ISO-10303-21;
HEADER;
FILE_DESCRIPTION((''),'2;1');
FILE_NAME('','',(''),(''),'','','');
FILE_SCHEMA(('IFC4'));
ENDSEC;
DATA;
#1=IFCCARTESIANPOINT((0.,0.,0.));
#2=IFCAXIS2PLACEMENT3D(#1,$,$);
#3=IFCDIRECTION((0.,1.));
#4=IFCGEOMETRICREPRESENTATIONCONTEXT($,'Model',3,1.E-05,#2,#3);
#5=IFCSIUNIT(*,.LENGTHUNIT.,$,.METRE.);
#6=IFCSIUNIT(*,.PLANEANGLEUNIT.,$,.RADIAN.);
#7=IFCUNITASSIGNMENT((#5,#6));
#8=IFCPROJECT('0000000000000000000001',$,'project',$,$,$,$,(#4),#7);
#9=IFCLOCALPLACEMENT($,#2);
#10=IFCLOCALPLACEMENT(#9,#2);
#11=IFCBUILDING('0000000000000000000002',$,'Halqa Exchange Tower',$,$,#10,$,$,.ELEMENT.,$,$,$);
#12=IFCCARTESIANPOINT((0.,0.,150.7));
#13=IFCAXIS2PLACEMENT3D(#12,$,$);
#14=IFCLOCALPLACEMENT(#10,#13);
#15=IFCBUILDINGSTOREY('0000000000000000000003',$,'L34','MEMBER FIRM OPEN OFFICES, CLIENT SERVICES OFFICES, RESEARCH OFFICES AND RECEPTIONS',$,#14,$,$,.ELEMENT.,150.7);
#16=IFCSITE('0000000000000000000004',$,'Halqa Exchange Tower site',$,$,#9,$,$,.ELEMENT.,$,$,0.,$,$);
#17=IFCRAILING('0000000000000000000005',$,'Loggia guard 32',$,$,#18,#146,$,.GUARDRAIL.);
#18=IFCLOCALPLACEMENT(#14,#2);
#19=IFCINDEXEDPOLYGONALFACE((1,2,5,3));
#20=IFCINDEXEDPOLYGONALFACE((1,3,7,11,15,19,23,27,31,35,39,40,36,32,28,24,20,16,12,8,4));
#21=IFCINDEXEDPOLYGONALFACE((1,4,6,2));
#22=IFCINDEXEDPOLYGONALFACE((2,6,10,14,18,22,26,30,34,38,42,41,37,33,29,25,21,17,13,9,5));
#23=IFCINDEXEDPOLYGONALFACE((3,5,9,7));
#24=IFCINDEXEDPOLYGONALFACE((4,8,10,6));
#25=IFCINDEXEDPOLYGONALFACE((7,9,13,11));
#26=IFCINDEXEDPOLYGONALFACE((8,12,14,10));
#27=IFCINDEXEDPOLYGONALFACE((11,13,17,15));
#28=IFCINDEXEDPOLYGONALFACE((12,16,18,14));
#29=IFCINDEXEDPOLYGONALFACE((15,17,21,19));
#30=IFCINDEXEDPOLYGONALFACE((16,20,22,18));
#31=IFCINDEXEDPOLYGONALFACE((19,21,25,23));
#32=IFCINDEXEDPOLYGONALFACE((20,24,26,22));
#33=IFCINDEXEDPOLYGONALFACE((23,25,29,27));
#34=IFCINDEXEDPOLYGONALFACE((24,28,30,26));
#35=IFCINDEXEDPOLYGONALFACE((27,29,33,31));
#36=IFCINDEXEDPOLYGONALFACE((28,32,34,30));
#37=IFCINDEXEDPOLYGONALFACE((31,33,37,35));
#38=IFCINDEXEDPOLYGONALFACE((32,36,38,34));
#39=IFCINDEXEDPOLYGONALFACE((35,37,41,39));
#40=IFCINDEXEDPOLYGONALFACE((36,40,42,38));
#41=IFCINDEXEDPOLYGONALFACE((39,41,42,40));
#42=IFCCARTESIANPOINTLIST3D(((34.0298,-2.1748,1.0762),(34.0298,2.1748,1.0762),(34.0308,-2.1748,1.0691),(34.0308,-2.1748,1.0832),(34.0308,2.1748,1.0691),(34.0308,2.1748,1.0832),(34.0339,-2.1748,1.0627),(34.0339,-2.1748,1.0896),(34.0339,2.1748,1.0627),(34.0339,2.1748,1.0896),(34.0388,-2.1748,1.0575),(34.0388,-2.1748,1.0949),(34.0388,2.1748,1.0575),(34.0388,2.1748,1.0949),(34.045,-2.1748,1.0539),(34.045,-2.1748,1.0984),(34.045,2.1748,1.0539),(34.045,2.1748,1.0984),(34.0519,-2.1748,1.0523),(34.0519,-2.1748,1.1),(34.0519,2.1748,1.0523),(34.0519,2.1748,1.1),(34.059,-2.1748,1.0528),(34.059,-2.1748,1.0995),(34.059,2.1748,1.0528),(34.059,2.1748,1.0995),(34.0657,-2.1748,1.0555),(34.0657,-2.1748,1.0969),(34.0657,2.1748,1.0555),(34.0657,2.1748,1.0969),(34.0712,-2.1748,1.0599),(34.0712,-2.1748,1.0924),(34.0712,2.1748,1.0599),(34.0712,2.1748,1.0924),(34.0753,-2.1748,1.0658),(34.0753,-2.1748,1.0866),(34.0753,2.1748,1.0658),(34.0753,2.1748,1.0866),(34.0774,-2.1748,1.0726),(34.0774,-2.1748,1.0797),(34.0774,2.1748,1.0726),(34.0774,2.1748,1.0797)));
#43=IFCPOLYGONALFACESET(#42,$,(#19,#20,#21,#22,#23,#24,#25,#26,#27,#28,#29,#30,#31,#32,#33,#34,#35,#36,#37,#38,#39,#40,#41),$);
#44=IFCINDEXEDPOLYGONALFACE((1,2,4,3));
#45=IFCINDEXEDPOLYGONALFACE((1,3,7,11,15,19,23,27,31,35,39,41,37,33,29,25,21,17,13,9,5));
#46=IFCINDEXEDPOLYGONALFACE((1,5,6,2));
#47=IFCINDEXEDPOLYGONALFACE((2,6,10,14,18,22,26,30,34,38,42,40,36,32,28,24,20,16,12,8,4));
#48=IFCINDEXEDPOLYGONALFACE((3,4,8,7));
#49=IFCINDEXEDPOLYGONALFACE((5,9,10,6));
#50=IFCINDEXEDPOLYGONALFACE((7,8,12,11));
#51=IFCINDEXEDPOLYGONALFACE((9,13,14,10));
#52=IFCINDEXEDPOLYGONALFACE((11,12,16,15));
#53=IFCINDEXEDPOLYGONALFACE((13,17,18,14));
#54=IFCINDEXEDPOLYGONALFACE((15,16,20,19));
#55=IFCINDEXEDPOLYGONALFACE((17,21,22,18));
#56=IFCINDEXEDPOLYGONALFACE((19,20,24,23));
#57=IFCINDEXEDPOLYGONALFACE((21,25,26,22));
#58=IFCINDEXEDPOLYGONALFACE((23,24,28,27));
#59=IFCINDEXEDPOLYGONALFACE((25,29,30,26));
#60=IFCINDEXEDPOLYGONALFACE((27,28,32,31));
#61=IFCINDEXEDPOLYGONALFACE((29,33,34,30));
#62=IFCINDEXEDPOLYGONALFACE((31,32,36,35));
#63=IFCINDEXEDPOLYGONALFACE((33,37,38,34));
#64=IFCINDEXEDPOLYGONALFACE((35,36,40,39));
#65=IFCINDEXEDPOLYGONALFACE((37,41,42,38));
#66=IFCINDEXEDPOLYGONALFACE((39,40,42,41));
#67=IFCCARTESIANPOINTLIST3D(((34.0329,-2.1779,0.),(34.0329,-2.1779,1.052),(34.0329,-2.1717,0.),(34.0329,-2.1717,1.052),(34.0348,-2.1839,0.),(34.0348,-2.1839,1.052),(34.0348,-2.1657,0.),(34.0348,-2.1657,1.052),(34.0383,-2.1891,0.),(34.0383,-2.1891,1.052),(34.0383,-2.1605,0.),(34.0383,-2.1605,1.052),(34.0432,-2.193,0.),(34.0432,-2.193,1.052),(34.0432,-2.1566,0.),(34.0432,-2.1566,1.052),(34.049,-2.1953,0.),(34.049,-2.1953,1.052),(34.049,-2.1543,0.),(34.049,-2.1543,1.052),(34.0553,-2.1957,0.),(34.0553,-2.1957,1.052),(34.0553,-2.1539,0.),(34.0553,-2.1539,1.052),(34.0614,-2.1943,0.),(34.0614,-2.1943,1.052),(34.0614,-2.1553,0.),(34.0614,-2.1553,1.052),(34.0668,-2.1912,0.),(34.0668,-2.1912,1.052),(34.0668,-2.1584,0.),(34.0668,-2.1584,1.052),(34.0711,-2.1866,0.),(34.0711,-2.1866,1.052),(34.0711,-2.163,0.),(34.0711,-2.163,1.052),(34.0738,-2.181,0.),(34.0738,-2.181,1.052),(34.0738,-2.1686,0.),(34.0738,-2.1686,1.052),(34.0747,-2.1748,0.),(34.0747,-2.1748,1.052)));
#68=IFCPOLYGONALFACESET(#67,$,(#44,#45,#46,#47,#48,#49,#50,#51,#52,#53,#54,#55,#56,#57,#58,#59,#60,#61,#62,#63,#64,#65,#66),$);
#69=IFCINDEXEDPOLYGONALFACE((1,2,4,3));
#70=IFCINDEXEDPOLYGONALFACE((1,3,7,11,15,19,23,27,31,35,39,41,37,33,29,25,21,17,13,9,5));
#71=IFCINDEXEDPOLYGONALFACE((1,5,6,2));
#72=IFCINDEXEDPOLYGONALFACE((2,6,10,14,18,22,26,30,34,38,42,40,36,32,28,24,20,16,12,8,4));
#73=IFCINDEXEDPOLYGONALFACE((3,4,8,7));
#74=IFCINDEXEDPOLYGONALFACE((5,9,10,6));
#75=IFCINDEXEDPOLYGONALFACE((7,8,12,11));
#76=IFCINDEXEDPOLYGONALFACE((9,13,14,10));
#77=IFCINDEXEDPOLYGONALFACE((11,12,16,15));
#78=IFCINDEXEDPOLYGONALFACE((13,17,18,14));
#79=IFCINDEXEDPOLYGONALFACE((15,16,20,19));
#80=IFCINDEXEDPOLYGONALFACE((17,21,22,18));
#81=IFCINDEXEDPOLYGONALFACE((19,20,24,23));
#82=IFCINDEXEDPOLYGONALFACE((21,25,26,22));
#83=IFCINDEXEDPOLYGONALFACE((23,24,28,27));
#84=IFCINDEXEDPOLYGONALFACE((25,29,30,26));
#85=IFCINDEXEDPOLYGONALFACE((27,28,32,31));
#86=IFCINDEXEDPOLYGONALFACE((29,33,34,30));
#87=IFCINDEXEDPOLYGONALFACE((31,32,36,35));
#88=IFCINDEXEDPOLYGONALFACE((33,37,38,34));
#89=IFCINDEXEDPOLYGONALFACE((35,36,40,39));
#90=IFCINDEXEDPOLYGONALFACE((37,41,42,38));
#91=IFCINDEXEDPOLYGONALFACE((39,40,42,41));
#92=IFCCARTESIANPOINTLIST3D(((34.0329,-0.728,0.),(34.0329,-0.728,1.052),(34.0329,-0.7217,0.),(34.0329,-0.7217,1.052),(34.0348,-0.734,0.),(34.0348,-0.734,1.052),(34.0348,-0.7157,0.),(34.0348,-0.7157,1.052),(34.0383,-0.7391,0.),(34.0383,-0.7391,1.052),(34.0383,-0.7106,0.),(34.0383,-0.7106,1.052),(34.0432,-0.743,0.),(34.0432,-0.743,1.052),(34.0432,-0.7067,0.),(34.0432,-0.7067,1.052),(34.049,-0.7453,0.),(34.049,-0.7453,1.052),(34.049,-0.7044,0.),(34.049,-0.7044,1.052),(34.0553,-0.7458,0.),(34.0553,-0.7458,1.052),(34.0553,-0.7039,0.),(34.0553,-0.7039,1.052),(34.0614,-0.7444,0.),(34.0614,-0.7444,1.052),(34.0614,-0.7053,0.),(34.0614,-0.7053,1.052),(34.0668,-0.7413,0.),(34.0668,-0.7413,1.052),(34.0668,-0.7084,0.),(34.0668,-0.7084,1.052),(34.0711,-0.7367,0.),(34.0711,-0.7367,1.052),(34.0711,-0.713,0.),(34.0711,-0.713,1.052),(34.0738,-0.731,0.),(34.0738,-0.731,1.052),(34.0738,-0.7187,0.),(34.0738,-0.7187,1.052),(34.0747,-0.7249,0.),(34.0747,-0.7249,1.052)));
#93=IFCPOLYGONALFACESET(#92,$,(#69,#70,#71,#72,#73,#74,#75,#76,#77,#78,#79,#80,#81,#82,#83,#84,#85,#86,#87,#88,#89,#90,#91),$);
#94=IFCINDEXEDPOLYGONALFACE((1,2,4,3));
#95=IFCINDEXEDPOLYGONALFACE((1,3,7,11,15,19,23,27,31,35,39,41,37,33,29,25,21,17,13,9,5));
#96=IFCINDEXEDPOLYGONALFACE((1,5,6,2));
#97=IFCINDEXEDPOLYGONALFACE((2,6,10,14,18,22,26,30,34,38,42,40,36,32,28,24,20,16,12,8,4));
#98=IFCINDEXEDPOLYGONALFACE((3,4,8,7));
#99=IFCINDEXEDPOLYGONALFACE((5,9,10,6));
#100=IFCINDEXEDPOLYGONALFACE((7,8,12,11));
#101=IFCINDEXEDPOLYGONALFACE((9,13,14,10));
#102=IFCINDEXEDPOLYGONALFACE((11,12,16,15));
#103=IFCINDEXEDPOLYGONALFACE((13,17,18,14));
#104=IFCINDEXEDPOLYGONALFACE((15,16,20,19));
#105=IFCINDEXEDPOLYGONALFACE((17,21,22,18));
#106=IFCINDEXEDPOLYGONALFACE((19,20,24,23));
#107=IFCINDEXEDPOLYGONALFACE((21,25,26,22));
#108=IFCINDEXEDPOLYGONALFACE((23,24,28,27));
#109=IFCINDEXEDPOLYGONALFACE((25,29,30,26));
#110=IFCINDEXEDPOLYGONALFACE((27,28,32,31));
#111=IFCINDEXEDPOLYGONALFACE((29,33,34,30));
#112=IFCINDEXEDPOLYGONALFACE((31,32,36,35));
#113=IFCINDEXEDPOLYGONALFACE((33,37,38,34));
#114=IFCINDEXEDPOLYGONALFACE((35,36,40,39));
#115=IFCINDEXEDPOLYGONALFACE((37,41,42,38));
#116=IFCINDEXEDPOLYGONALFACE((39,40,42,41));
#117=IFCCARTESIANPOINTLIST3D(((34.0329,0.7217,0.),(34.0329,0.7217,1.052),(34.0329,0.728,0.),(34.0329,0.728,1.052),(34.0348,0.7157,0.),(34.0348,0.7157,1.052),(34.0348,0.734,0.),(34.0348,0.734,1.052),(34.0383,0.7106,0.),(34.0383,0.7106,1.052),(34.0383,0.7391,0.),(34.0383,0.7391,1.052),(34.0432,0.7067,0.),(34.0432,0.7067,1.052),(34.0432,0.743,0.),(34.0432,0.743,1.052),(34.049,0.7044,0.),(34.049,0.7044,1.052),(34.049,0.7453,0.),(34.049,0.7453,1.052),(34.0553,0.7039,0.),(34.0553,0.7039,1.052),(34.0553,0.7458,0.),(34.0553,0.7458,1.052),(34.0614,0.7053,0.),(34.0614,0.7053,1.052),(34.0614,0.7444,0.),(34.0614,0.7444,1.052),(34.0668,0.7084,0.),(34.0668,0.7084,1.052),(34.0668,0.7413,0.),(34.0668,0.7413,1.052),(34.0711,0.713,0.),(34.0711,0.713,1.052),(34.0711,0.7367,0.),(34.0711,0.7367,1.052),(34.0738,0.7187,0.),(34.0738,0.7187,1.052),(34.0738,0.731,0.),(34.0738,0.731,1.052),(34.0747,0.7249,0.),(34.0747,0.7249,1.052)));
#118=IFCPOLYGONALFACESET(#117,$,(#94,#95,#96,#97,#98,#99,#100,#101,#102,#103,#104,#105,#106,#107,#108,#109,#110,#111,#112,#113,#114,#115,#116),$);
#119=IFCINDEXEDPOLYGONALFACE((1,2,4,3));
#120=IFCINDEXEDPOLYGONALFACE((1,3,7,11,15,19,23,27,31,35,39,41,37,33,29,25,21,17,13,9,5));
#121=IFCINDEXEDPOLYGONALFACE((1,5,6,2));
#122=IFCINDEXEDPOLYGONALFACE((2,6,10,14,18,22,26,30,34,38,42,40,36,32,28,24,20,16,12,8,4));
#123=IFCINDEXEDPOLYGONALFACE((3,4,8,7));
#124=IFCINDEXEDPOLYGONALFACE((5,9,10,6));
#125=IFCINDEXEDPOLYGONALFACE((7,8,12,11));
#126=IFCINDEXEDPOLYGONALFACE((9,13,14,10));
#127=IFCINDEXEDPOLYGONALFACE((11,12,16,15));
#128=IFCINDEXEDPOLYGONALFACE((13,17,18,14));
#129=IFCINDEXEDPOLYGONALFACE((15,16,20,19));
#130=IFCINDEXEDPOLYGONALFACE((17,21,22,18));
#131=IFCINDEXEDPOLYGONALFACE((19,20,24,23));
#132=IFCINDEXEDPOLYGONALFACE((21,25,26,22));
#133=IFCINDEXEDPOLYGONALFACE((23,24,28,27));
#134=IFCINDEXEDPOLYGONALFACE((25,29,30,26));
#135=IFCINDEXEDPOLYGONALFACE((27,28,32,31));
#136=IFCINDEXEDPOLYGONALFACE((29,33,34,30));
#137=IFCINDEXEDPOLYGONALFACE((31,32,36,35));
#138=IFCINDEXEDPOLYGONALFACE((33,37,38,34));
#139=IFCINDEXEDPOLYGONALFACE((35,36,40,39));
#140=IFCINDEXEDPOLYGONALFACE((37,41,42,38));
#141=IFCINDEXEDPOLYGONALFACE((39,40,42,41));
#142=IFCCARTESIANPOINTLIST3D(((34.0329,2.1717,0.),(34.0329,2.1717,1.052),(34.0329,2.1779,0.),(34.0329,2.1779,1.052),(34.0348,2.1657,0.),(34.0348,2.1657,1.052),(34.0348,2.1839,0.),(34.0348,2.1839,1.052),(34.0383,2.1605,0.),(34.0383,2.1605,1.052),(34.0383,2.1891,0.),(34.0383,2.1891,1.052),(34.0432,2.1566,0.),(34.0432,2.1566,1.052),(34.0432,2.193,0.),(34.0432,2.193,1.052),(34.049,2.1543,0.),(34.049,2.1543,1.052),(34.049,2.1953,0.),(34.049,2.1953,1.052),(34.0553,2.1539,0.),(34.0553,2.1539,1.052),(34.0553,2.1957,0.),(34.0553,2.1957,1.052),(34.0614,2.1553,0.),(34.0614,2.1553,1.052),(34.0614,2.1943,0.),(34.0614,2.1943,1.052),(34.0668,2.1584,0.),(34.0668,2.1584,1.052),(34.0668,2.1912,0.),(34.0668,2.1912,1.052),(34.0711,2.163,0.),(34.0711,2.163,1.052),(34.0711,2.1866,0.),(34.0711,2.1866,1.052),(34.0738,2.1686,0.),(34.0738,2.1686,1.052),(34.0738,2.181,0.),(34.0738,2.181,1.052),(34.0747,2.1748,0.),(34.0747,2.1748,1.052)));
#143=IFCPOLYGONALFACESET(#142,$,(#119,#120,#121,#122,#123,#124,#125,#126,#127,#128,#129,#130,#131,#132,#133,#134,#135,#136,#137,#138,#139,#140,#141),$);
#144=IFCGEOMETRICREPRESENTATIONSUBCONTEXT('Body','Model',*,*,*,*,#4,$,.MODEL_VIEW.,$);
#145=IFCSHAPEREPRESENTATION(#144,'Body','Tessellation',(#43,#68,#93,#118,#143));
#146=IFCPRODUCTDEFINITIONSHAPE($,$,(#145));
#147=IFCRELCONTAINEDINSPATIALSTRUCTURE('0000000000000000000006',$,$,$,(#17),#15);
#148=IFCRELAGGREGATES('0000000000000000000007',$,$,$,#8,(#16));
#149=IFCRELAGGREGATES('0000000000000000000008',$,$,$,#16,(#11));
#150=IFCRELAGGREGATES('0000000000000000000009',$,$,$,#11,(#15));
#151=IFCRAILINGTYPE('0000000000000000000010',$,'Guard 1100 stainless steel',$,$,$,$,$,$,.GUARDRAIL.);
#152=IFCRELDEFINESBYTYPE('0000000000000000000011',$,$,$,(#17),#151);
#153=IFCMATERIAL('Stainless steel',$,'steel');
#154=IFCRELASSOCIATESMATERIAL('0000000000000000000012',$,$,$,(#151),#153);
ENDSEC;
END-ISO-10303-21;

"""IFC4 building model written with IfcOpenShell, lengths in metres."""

from ifc_helpers import new_model, si_unit, direction, frame, origin, origin_2d, place, context, subcontext, project, spatial, circle, extrude, material, type_object, element, save


model = new_model("IFC4")

# Units and contexts
model_context = context("Model", 3, precision=1e-05, world=origin(), true_north=direction((0.0, 1.0)))
body_context = subcontext(model_context, "Body", "Model", "MODEL_VIEW")
ifc_project = project(units=[si_unit("LENGTHUNIT", "METRE"), si_unit("PLANEANGLEUNIT", "RADIAN")], contexts=[model_context])

# Site, building, storey
site_placement = place(None, origin())
site = spatial("IfcSite", under=ifc_project, at=site_placement, Name="Halqa Exchange Tower site", CompositionType="ELEMENT", RefElevation=0.0)
building_placement = place(site_placement, origin())
building = spatial("IfcBuilding", under=site, at=building_placement, Name="Halqa Exchange Tower", CompositionType="ELEMENT")
storey_placement = place(building_placement, frame((0.0, 0.0, 150.7)))
storey = spatial("IfcBuildingStorey", under=building, at=storey_placement, Name="L34", Description="MEMBER FIRM OPEN OFFICES, CLIENT SERVICES OFFICES, RESEARCH OFFICES AND RECEPTIONS", CompositionType="ELEMENT", Elevation=150.7)

# Railing
ifc_material_1 = material(Name="Stainless steel", Category="steel")
railing_type = type_object("IfcRailingType", Name="Guard 1100 stainless steel", PredefinedType="GUARDRAIL", material=ifc_material_1)
railing_1_placement = place(storey_placement, frame((34.0537, -2.1748, 0.0)))
element("IfcRailing", 1, at=railing_1_placement, inside=storey, type_object=railing_type, Name="Loggia guard 32", PredefinedType="GUARDRAIL", context=body_context, shape_type="SweptSolid", body=[
    extrude(circle(Radius=0.0239, at=origin_2d()), frame((0.0, 0.0, 1.0762), z_axis=(0.0, 1.0, 0.0), x_axis=(-1.0, 0.0, 0.0)), (0.0, 0.0, 1.0), 4.3496),
    extrude(circle(Radius=0.021, at=origin_2d()), origin(), (0.0, 0.0, 1.0), 1.052),
    extrude(circle(Radius=0.021, at=origin_2d()), frame((0.0, 1.45, 0.0)), (0.0, 0.0, 1.0), 1.052),
    extrude(circle(Radius=0.021, at=origin_2d()), frame((0.0, 2.8997, 0.0)), (0.0, 0.0, 1.0), 1.052),
    extrude(circle(Radius=0.021, at=origin_2d()), frame((0.0, 4.3496, 0.0)), (0.0, 0.0, 1.0), 1.052),
])

save(model, "model.ifc")
